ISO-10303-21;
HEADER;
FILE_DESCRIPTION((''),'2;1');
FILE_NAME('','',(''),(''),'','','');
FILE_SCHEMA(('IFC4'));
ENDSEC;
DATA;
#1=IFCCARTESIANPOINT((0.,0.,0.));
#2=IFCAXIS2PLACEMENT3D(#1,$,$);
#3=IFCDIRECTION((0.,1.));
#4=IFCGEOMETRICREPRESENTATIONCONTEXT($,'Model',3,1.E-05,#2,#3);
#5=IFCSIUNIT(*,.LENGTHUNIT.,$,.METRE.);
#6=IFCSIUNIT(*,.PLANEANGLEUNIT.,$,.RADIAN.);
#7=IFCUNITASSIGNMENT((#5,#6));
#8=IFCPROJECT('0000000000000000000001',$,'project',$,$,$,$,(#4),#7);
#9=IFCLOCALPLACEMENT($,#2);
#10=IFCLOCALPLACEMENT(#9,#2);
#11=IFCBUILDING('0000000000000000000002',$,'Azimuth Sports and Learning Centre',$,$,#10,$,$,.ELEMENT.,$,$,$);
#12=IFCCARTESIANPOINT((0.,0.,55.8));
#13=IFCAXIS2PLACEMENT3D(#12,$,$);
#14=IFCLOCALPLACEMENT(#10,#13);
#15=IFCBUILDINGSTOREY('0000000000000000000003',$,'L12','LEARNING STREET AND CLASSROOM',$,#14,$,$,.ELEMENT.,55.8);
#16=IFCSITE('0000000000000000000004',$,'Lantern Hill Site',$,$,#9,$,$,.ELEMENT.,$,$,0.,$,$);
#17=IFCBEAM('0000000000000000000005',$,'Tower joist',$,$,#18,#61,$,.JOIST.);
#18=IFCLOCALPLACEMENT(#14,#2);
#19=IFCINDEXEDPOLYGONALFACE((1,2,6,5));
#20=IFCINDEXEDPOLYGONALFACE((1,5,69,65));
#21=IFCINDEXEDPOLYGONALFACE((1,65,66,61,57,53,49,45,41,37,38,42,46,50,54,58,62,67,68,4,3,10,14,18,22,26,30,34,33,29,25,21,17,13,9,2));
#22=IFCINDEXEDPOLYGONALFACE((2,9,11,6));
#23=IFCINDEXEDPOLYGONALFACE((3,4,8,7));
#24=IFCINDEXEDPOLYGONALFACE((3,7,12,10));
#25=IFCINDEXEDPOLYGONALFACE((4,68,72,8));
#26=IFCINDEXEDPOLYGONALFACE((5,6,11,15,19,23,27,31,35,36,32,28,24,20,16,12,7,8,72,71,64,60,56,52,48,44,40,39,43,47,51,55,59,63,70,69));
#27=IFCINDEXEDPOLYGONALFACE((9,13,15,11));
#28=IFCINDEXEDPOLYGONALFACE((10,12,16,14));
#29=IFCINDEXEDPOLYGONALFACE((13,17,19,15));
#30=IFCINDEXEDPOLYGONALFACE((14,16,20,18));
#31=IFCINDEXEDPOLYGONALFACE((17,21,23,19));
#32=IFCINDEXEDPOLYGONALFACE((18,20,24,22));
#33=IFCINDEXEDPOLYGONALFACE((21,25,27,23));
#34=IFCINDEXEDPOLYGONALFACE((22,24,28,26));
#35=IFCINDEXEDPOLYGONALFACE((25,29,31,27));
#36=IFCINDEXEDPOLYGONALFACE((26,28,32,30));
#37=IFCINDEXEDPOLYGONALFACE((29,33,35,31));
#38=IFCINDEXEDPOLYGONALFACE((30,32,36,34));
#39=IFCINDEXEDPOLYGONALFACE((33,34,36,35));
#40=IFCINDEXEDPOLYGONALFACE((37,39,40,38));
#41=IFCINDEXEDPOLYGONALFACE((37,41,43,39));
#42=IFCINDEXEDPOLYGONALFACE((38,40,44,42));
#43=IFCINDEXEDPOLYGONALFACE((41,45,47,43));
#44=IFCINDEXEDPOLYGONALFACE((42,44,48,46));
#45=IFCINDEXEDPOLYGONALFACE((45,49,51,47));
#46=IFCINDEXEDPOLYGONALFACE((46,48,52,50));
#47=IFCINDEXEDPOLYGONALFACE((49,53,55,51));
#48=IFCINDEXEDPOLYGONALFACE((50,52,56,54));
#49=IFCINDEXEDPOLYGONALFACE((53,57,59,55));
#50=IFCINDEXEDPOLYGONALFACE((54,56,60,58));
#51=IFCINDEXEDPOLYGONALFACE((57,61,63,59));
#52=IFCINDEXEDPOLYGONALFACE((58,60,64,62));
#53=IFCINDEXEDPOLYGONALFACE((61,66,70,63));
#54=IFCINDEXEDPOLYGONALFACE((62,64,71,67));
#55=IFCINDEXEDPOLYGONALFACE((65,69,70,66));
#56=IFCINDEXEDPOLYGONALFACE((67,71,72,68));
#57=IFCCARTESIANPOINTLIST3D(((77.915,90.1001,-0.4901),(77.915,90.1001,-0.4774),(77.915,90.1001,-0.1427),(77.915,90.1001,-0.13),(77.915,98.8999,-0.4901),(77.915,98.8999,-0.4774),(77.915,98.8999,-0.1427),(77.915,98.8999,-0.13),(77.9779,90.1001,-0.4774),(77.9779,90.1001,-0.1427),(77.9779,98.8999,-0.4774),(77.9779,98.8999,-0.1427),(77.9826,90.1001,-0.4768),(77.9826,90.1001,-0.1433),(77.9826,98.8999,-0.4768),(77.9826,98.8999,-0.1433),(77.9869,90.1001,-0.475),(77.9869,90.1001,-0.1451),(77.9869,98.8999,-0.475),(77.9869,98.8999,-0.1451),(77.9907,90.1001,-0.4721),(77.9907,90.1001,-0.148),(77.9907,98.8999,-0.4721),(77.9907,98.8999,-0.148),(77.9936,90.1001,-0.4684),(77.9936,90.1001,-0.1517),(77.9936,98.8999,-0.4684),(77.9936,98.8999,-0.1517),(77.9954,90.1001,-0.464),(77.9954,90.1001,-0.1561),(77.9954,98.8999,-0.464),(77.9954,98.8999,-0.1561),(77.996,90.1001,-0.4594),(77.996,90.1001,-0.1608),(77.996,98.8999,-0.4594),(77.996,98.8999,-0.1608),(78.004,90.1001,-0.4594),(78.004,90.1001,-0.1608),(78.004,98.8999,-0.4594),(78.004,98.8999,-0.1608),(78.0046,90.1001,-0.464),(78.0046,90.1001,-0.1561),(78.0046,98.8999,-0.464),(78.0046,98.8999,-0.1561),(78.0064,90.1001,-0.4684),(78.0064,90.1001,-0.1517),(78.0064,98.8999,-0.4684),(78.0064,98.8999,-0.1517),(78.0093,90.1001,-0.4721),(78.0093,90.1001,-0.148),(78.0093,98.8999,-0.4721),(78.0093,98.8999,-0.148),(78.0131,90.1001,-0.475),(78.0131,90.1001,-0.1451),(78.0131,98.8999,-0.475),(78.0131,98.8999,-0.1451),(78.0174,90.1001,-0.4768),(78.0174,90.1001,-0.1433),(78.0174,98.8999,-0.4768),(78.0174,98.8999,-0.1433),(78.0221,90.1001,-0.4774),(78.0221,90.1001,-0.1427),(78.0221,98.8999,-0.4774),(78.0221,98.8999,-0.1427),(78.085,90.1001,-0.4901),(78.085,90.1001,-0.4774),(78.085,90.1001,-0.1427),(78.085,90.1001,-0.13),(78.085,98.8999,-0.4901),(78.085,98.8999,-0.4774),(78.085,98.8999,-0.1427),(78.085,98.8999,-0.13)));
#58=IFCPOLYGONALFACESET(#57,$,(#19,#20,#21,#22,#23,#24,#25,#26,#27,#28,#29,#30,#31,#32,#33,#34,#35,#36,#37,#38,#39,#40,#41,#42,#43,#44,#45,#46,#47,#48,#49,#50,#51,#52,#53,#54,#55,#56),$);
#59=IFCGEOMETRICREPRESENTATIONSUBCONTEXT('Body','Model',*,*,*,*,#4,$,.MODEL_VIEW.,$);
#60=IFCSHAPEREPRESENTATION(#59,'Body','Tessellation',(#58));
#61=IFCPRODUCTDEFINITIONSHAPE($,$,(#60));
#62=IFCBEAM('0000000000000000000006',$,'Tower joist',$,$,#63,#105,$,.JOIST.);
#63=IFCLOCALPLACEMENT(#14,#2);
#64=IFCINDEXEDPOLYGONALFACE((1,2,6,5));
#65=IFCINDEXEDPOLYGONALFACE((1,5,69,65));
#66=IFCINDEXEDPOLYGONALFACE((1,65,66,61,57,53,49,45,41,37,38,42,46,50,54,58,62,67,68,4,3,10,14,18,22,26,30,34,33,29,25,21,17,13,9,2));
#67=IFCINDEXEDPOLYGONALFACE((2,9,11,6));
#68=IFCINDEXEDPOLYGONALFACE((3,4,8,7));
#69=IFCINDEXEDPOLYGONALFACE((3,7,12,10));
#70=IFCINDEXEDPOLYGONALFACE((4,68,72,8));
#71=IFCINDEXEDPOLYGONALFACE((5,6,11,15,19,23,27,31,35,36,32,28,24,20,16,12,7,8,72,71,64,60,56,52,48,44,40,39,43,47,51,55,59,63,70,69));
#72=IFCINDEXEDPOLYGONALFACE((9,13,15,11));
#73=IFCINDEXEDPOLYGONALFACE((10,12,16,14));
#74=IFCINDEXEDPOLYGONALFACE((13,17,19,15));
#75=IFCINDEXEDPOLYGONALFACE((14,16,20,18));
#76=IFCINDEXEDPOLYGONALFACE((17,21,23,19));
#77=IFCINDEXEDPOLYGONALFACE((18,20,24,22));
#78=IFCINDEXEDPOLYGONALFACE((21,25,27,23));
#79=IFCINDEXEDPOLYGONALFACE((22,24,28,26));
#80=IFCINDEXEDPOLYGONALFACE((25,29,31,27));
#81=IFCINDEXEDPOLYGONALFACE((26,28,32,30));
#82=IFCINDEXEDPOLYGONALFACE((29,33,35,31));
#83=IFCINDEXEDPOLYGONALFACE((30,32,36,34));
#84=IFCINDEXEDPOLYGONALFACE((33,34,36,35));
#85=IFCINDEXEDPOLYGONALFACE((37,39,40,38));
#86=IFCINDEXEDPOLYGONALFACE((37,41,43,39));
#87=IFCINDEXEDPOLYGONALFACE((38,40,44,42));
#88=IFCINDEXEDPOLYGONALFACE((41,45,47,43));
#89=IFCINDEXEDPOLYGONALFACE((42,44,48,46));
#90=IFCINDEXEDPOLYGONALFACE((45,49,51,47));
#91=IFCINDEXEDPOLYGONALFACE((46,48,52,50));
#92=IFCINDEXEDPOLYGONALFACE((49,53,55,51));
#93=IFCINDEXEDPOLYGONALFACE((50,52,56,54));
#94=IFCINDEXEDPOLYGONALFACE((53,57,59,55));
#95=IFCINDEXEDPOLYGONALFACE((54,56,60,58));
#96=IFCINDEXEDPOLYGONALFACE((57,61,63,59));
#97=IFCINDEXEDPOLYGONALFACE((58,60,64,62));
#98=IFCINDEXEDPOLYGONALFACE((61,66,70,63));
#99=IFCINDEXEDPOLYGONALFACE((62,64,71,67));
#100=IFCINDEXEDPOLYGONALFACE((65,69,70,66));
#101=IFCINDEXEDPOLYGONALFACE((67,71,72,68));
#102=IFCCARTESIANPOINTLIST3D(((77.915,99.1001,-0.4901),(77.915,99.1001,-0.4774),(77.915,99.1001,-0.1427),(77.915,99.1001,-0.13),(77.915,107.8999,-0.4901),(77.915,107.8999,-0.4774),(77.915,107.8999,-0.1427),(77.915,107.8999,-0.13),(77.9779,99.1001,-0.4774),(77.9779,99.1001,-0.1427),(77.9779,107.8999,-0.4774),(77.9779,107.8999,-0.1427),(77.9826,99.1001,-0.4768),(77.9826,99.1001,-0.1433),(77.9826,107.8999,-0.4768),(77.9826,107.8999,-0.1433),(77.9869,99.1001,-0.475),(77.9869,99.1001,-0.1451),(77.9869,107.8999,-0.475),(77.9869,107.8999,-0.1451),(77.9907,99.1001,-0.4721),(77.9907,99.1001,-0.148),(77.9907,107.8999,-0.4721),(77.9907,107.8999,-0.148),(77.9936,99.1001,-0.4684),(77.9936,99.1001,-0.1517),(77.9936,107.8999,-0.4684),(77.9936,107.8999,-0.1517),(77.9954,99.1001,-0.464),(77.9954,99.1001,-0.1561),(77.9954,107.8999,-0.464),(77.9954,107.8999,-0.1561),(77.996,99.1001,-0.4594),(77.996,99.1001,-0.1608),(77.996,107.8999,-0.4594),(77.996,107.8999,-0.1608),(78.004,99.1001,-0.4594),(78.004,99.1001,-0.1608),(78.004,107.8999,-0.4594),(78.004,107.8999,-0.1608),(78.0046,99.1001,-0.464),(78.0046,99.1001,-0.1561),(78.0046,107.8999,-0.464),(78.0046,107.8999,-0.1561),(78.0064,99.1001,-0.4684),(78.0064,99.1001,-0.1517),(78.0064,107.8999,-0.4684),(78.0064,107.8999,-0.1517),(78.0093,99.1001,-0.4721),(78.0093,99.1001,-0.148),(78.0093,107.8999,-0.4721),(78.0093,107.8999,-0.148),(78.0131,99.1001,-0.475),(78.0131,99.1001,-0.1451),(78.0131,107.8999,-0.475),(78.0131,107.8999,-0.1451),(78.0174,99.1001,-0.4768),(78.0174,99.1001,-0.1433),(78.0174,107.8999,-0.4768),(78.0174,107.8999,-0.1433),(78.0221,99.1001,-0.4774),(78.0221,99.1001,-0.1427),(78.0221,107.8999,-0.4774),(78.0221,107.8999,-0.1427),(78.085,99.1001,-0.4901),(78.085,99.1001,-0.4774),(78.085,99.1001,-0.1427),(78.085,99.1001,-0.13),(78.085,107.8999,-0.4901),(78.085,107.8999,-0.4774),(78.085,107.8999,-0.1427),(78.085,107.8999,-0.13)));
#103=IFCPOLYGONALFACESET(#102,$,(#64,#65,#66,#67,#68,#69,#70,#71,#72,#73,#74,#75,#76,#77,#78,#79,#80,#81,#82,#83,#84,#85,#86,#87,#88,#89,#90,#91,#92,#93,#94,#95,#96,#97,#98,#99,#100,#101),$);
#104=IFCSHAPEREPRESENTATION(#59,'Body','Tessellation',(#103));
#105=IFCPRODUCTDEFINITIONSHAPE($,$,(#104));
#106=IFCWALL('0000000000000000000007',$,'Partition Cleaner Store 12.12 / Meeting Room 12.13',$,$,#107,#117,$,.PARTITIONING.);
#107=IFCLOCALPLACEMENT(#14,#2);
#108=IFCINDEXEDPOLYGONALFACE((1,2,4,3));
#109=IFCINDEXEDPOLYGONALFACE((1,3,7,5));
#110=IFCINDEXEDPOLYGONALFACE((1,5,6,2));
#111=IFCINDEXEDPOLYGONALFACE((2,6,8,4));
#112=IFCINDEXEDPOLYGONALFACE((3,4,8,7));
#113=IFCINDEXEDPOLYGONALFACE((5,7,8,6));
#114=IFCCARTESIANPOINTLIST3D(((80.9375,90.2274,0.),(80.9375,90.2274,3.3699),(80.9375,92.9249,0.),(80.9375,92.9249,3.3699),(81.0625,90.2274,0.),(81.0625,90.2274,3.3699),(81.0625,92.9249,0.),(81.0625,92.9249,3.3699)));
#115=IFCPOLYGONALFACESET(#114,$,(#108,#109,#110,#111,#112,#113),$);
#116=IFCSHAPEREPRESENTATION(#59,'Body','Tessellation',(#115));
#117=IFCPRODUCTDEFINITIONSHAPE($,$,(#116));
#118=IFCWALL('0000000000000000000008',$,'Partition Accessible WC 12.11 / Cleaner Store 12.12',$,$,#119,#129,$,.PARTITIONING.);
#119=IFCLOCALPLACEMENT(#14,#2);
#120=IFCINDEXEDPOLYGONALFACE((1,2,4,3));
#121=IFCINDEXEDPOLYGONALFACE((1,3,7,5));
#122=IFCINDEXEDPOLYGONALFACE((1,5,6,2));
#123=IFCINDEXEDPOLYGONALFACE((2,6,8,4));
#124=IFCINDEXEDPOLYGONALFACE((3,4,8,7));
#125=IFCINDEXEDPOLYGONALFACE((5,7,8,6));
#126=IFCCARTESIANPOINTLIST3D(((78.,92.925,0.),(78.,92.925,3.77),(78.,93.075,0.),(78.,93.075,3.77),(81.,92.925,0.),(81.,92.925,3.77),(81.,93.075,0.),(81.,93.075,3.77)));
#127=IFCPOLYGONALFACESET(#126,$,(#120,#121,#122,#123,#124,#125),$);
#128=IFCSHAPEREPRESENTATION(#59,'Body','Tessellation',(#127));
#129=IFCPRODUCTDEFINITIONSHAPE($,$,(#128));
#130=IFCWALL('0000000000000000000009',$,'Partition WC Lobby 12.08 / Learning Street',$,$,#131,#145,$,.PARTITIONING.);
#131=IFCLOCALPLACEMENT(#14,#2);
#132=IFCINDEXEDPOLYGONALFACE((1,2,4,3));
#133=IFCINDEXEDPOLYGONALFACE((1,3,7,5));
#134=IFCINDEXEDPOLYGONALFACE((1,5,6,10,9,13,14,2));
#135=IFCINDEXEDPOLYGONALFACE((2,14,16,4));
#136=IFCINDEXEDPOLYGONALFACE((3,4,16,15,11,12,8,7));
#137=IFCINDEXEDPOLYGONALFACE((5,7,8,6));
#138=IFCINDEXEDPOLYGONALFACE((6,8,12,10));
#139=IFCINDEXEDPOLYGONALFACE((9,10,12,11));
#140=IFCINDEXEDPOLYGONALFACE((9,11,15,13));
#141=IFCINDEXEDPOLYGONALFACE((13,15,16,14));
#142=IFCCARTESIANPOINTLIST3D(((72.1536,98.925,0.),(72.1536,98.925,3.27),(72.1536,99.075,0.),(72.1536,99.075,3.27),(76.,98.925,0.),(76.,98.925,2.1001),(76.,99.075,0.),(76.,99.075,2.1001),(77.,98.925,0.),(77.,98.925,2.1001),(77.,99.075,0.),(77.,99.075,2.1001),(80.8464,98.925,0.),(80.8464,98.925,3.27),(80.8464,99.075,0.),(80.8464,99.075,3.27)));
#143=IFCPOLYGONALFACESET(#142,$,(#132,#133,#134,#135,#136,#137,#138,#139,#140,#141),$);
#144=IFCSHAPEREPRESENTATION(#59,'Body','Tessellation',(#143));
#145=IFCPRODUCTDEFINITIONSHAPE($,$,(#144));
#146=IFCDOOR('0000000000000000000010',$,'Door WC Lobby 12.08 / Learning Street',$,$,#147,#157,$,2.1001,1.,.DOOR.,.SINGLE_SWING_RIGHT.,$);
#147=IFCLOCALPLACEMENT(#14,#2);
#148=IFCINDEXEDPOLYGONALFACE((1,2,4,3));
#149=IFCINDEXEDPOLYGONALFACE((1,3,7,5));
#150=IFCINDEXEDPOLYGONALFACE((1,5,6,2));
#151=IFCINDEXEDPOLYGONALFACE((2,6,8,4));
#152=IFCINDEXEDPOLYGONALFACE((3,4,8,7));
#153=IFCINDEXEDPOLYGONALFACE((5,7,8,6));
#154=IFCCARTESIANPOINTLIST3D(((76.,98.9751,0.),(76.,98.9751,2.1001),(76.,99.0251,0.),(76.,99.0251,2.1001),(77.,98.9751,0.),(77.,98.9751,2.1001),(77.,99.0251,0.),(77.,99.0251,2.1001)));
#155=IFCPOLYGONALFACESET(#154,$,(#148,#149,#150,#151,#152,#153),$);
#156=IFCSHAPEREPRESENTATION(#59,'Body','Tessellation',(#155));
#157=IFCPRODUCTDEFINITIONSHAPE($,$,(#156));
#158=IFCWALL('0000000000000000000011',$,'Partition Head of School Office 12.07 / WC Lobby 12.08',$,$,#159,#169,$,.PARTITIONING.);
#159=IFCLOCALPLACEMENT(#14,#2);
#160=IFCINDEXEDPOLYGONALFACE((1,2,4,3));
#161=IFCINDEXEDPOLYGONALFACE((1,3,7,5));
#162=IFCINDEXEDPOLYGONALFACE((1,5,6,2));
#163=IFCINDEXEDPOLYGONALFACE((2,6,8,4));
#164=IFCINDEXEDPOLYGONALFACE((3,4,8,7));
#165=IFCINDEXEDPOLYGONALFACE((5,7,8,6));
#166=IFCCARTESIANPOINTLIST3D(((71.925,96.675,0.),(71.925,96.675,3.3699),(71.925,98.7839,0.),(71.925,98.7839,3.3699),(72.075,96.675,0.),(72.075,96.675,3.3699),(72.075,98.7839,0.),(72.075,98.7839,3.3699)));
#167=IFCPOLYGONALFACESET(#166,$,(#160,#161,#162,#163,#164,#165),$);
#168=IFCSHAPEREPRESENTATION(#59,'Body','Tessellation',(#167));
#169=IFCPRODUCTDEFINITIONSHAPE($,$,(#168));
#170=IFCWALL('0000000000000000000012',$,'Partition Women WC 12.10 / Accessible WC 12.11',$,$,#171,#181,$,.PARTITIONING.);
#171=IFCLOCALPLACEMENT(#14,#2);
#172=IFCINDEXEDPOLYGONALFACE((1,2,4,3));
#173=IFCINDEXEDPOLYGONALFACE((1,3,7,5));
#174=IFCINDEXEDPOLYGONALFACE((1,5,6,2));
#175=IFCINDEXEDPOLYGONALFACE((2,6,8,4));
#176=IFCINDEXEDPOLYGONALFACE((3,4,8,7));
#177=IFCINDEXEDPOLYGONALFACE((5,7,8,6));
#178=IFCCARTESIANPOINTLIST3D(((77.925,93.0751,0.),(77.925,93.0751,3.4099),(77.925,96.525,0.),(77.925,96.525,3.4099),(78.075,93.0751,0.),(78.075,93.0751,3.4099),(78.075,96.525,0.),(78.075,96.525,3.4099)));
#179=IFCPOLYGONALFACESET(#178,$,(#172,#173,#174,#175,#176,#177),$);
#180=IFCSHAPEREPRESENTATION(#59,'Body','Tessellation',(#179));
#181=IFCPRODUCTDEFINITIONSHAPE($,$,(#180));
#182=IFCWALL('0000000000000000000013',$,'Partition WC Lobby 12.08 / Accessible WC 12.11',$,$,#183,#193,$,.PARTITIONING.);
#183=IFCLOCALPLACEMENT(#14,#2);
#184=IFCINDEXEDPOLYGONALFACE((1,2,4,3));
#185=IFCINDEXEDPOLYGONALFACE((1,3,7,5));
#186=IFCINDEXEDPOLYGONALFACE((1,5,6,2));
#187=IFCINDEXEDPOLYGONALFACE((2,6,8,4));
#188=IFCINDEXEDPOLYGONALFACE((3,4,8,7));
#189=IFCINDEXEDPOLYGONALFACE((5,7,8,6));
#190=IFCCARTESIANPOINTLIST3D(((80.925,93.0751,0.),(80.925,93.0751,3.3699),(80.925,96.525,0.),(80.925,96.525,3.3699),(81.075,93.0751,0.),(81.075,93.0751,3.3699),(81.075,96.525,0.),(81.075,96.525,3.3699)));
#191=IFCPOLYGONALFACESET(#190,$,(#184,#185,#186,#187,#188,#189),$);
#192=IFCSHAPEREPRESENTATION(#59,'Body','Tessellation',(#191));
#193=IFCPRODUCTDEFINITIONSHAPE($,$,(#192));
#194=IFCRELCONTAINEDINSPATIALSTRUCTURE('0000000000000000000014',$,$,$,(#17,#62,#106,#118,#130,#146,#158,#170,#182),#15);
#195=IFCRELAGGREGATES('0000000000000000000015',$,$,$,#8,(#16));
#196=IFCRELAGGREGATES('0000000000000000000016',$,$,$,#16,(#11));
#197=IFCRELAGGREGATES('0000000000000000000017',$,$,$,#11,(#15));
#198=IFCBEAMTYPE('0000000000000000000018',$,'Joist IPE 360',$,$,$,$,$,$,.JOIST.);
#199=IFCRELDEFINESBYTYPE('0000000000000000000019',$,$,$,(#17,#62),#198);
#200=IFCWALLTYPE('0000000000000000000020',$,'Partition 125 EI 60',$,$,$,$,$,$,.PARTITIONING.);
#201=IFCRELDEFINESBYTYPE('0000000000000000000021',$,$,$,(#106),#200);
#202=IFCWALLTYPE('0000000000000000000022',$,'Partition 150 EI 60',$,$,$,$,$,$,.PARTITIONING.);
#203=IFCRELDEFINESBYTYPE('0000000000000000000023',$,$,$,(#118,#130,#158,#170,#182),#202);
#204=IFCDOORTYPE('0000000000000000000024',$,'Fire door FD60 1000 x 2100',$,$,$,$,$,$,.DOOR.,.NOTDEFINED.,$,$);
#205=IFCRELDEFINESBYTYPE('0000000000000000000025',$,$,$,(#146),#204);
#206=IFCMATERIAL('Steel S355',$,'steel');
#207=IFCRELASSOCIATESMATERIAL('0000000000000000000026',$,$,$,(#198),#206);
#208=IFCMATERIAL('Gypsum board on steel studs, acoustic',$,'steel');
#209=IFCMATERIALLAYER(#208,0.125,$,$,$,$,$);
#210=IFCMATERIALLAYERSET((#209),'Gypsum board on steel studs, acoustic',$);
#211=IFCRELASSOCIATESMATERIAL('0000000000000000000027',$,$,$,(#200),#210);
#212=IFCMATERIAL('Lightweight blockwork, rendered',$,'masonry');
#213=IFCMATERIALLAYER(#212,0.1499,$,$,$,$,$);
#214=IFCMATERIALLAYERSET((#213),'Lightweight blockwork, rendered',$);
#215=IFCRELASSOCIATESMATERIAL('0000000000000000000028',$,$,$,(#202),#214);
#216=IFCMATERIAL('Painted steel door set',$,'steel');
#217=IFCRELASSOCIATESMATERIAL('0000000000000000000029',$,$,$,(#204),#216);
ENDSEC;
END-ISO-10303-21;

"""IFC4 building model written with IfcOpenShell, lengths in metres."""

from ifc_helpers import new_model, si_unit, direction, frame, frame_2d, origin, origin_2d, place, context, subcontext, project, spatial, rectangle, i_section, extrude, material, layer, layer_set, material_profile, profile_set, type_object, element, fill, save


model = new_model("IFC4")

# Units and contexts
model_context = context("Model", 3, precision=1e-05, world=origin(), true_north=direction((0.0, 1.0)))
body_context = subcontext(model_context, "Body", "Model", "MODEL_VIEW")
ifc_project = project(units=[si_unit("LENGTHUNIT", "METRE"), si_unit("PLANEANGLEUNIT", "RADIAN")], contexts=[model_context])

# Site, building, storey
site_placement = place(None, origin())
site = spatial("IfcSite", under=ifc_project, at=site_placement, Name="Lantern Hill Site", CompositionType="ELEMENT", RefElevation=0.0)
building_placement = place(site_placement, origin())
building = spatial("IfcBuilding", under=site, at=building_placement, Name="Azimuth Sports and Learning Centre", CompositionType="ELEMENT")
storey_placement = place(building_placement, frame((0.0, 0.0, 55.8)))
storey = spatial("IfcBuildingStorey", under=building, at=storey_placement, Name="L12", Description="LEARNING STREET AND CLASSROOM", CompositionType="ELEMENT", Elevation=55.8)

# Beams
ifc_material_1 = material(Name="Steel S355", Category="steel")
ifc_material_profile_1 = material_profile(ifc_material_1, i_section(OverallWidth=0.1699, OverallDepth=0.3601, WebThickness=0.0081, FlangeThickness=0.0127, FilletRadius=0.0181, at=origin_2d()), Name="IPE 360")
ifc_profile_set_1 = profile_set([ifc_material_profile_1], Name="Steel S355")
beam_type_1 = type_object("IfcBeamType", Name="Joist IPE 360", PredefinedType="JOIST", material=ifc_profile_set_1)
for number, where, z_axis, x_axis, name in (
    (1, (78.0, 90.1001, -0.3101), (0.0, 1.0, 0.0), (-1.0, 0.0, 0.0), "Tower joist"),
    (2, (78.0, 99.1001, -0.3101), (0.0, 1.0, 0.0), (-1.0, 0.0, 0.0), "Tower joist"),
):
    element("IfcBeam", number, at=place(storey_placement, frame(where, z_axis=z_axis, x_axis=x_axis)), inside=storey, type_object=beam_type_1, Name=name, PredefinedType="JOIST", context=body_context, shape_type="SweptSolid", body=[
        extrude(i_section(OverallWidth=0.1699, OverallDepth=0.3601, WebThickness=0.0081, FlangeThickness=0.0127, FilletRadius=0.0181, at=origin_2d()), origin(), (0.0, 0.0, 1.0), 8.7998),
    ])

# Walls
ifc_material_2 = material(Name="Gypsum board on steel studs, acoustic", Category="steel")
ifc_layer_1 = layer(ifc_material_2, 0.125)
ifc_layer_set_1 = layer_set([ifc_layer_1], Name="Gypsum board on steel studs, acoustic")
wall_type_1 = type_object("IfcWallType", Name="Partition 125 EI 60", PredefinedType="PARTITIONING", material=ifc_layer_set_1)
wall_1_placement = place(storey_placement, frame((81.0, 90.2275, 0.0), z_axis=(0.0, 0.0, 1.0), x_axis=(0.0, 1.0, 0.0)))
element("IfcWall", 3, at=wall_1_placement, inside=storey, type_object=wall_type_1, Name="Partition Cleaner Store 12.12 / Meeting Room 12.13", PredefinedType="PARTITIONING", context=body_context, shape_type="SweptSolid", body=[
    extrude(rectangle(XDim=2.6975, YDim=0.125, at=frame_2d((1.3486, 0.0))), origin(), (0.0, 0.0, 1.0), 3.3699),
])
ifc_material_3 = material(Name="Lightweight blockwork, rendered", Category="masonry")
ifc_layer_2 = layer(ifc_material_3, 0.1499)
ifc_layer_set_2 = layer_set([ifc_layer_2], Name="Lightweight blockwork, rendered")
wall_type_2 = type_object("IfcWallType", Name="Partition 150 EI 60", PredefinedType="PARTITIONING", material=ifc_layer_set_2)
wall_2_placement = place(storey_placement, frame((78.0, 93.0, 0.0), z_axis=(0.0, 0.0, 1.0), x_axis=(1.0, 0.0, 0.0)))
element("IfcWall", 4, at=wall_2_placement, inside=storey, type_object=wall_type_2, Name="Partition Accessible WC 12.11 / Cleaner Store 12.12", PredefinedType="PARTITIONING", context=body_context, shape_type="SweptSolid", body=[
    extrude(rectangle(XDim=3.0, YDim=0.1499, at=frame_2d((1.5, 0.0))), origin(), (0.0, 0.0, 1.0), 3.77),
])

# Wall, opening, door
wall_3_placement = place(storey_placement, frame((72.1536, 99.0, 0.0), z_axis=(0.0, 0.0, 1.0), x_axis=(1.0, 0.0, 0.0)))
wall_3 = element("IfcWall", 5, at=wall_3_placement, inside=storey, type_object=wall_type_2, Name="Partition WC Lobby 12.08 / Learning Street", PredefinedType="PARTITIONING", context=body_context, shape_type="SweptSolid", body=[
    extrude(rectangle(XDim=8.6929, YDim=0.1499, at=frame_2d((4.3464, 0.0))), origin(), (0.0, 0.0, 1.0), 3.27),
])
opening_placement = place(wall_3_placement, frame((3.8464, 0.0, 0.0)))
opening = element("IfcOpeningElement", 6, at=opening_placement, cuts=wall_3, PredefinedType="OPENING", context=body_context, shape_type="SweptSolid", body=[
    extrude(rectangle(XDim=1.0, YDim=2.1001, at=frame_2d((0.5, 1.05))), frame((0.0, 0.0859, 0.0), z_axis=(0.0, -1.0, 0.0), x_axis=(1.0, 0.0, 0.0)), (0.0, 0.0, 1.0), 0.1719),
])
ifc_material_4 = material(Name="Painted steel door set", Category="steel")
door_type = type_object("IfcDoorType", Name="Fire door FD60 1000 x 2100", OperationType="NOTDEFINED", PredefinedType="DOOR", material=ifc_material_4)
door_placement = place(opening_placement, frame((1.0, 0.0, 0.0), z_axis=(0.0, 0.0, 1.0), x_axis=(-1.0, 0.0, 0.0)))
door = element("IfcDoor", 7, at=door_placement, inside=storey, type_object=door_type, Name="Door WC Lobby 12.08 / Learning Street", OperationType="SINGLE_SWING_RIGHT", OverallHeight=2.1001, OverallWidth=1.0, PredefinedType="DOOR", context=body_context, shape_type="SweptSolid", body=[
    extrude(rectangle(XDim=1.0, YDim=2.1001, at=frame_2d((0.5, 1.05))), frame((0.0, 0.0249, 0.0), z_axis=(0.0, -1.0, 0.0), x_axis=(1.0, 0.0, 0.0)), (0.0, 0.0, 1.0), 0.05),
])
fill(opening, door)

# Walls
wall_4_placement = place(storey_placement, frame((72.0, 96.675, 0.0), z_axis=(0.0, 0.0, 1.0), x_axis=(0.0, 1.0, 0.0)))
element("IfcWall", 8, at=wall_4_placement, inside=storey, type_object=wall_type_2, Name="Partition Head of School Office 12.07 / WC Lobby 12.08", PredefinedType="PARTITIONING", context=body_context, shape_type="SweptSolid", body=[
    extrude(rectangle(XDim=2.1089, YDim=0.1499, at=frame_2d((1.0544, 0.0))), origin(), (0.0, 0.0, 1.0), 3.3699),
])
wall_5_placement = place(storey_placement, frame((78.0, 93.075, 0.0), z_axis=(0.0, 0.0, 1.0), x_axis=(0.0, 1.0, 0.0)))
element("IfcWall", 9, at=wall_5_placement, inside=storey, type_object=wall_type_2, Name="Partition Women WC 12.10 / Accessible WC 12.11", PredefinedType="PARTITIONING", context=body_context, shape_type="SweptSolid", body=[
    extrude(rectangle(XDim=3.45, YDim=0.1499, at=frame_2d((1.7251, 0.0))), origin(), (0.0, 0.0, 1.0), 3.4099),
])
wall_6_placement = place(storey_placement, frame((81.0, 93.075, 0.0), z_axis=(0.0, 0.0, 1.0), x_axis=(0.0, 1.0, 0.0)))
element("IfcWall", 10, at=wall_6_placement, inside=storey, type_object=wall_type_2, Name="Partition WC Lobby 12.08 / Accessible WC 12.11", PredefinedType="PARTITIONING", context=body_context, shape_type="SweptSolid", body=[
    extrude(rectangle(XDim=3.45, YDim=0.1499, at=frame_2d((1.7251, 0.0))), origin(), (0.0, 0.0, 1.0), 3.3699),
])

save(model, "model.ifc")
